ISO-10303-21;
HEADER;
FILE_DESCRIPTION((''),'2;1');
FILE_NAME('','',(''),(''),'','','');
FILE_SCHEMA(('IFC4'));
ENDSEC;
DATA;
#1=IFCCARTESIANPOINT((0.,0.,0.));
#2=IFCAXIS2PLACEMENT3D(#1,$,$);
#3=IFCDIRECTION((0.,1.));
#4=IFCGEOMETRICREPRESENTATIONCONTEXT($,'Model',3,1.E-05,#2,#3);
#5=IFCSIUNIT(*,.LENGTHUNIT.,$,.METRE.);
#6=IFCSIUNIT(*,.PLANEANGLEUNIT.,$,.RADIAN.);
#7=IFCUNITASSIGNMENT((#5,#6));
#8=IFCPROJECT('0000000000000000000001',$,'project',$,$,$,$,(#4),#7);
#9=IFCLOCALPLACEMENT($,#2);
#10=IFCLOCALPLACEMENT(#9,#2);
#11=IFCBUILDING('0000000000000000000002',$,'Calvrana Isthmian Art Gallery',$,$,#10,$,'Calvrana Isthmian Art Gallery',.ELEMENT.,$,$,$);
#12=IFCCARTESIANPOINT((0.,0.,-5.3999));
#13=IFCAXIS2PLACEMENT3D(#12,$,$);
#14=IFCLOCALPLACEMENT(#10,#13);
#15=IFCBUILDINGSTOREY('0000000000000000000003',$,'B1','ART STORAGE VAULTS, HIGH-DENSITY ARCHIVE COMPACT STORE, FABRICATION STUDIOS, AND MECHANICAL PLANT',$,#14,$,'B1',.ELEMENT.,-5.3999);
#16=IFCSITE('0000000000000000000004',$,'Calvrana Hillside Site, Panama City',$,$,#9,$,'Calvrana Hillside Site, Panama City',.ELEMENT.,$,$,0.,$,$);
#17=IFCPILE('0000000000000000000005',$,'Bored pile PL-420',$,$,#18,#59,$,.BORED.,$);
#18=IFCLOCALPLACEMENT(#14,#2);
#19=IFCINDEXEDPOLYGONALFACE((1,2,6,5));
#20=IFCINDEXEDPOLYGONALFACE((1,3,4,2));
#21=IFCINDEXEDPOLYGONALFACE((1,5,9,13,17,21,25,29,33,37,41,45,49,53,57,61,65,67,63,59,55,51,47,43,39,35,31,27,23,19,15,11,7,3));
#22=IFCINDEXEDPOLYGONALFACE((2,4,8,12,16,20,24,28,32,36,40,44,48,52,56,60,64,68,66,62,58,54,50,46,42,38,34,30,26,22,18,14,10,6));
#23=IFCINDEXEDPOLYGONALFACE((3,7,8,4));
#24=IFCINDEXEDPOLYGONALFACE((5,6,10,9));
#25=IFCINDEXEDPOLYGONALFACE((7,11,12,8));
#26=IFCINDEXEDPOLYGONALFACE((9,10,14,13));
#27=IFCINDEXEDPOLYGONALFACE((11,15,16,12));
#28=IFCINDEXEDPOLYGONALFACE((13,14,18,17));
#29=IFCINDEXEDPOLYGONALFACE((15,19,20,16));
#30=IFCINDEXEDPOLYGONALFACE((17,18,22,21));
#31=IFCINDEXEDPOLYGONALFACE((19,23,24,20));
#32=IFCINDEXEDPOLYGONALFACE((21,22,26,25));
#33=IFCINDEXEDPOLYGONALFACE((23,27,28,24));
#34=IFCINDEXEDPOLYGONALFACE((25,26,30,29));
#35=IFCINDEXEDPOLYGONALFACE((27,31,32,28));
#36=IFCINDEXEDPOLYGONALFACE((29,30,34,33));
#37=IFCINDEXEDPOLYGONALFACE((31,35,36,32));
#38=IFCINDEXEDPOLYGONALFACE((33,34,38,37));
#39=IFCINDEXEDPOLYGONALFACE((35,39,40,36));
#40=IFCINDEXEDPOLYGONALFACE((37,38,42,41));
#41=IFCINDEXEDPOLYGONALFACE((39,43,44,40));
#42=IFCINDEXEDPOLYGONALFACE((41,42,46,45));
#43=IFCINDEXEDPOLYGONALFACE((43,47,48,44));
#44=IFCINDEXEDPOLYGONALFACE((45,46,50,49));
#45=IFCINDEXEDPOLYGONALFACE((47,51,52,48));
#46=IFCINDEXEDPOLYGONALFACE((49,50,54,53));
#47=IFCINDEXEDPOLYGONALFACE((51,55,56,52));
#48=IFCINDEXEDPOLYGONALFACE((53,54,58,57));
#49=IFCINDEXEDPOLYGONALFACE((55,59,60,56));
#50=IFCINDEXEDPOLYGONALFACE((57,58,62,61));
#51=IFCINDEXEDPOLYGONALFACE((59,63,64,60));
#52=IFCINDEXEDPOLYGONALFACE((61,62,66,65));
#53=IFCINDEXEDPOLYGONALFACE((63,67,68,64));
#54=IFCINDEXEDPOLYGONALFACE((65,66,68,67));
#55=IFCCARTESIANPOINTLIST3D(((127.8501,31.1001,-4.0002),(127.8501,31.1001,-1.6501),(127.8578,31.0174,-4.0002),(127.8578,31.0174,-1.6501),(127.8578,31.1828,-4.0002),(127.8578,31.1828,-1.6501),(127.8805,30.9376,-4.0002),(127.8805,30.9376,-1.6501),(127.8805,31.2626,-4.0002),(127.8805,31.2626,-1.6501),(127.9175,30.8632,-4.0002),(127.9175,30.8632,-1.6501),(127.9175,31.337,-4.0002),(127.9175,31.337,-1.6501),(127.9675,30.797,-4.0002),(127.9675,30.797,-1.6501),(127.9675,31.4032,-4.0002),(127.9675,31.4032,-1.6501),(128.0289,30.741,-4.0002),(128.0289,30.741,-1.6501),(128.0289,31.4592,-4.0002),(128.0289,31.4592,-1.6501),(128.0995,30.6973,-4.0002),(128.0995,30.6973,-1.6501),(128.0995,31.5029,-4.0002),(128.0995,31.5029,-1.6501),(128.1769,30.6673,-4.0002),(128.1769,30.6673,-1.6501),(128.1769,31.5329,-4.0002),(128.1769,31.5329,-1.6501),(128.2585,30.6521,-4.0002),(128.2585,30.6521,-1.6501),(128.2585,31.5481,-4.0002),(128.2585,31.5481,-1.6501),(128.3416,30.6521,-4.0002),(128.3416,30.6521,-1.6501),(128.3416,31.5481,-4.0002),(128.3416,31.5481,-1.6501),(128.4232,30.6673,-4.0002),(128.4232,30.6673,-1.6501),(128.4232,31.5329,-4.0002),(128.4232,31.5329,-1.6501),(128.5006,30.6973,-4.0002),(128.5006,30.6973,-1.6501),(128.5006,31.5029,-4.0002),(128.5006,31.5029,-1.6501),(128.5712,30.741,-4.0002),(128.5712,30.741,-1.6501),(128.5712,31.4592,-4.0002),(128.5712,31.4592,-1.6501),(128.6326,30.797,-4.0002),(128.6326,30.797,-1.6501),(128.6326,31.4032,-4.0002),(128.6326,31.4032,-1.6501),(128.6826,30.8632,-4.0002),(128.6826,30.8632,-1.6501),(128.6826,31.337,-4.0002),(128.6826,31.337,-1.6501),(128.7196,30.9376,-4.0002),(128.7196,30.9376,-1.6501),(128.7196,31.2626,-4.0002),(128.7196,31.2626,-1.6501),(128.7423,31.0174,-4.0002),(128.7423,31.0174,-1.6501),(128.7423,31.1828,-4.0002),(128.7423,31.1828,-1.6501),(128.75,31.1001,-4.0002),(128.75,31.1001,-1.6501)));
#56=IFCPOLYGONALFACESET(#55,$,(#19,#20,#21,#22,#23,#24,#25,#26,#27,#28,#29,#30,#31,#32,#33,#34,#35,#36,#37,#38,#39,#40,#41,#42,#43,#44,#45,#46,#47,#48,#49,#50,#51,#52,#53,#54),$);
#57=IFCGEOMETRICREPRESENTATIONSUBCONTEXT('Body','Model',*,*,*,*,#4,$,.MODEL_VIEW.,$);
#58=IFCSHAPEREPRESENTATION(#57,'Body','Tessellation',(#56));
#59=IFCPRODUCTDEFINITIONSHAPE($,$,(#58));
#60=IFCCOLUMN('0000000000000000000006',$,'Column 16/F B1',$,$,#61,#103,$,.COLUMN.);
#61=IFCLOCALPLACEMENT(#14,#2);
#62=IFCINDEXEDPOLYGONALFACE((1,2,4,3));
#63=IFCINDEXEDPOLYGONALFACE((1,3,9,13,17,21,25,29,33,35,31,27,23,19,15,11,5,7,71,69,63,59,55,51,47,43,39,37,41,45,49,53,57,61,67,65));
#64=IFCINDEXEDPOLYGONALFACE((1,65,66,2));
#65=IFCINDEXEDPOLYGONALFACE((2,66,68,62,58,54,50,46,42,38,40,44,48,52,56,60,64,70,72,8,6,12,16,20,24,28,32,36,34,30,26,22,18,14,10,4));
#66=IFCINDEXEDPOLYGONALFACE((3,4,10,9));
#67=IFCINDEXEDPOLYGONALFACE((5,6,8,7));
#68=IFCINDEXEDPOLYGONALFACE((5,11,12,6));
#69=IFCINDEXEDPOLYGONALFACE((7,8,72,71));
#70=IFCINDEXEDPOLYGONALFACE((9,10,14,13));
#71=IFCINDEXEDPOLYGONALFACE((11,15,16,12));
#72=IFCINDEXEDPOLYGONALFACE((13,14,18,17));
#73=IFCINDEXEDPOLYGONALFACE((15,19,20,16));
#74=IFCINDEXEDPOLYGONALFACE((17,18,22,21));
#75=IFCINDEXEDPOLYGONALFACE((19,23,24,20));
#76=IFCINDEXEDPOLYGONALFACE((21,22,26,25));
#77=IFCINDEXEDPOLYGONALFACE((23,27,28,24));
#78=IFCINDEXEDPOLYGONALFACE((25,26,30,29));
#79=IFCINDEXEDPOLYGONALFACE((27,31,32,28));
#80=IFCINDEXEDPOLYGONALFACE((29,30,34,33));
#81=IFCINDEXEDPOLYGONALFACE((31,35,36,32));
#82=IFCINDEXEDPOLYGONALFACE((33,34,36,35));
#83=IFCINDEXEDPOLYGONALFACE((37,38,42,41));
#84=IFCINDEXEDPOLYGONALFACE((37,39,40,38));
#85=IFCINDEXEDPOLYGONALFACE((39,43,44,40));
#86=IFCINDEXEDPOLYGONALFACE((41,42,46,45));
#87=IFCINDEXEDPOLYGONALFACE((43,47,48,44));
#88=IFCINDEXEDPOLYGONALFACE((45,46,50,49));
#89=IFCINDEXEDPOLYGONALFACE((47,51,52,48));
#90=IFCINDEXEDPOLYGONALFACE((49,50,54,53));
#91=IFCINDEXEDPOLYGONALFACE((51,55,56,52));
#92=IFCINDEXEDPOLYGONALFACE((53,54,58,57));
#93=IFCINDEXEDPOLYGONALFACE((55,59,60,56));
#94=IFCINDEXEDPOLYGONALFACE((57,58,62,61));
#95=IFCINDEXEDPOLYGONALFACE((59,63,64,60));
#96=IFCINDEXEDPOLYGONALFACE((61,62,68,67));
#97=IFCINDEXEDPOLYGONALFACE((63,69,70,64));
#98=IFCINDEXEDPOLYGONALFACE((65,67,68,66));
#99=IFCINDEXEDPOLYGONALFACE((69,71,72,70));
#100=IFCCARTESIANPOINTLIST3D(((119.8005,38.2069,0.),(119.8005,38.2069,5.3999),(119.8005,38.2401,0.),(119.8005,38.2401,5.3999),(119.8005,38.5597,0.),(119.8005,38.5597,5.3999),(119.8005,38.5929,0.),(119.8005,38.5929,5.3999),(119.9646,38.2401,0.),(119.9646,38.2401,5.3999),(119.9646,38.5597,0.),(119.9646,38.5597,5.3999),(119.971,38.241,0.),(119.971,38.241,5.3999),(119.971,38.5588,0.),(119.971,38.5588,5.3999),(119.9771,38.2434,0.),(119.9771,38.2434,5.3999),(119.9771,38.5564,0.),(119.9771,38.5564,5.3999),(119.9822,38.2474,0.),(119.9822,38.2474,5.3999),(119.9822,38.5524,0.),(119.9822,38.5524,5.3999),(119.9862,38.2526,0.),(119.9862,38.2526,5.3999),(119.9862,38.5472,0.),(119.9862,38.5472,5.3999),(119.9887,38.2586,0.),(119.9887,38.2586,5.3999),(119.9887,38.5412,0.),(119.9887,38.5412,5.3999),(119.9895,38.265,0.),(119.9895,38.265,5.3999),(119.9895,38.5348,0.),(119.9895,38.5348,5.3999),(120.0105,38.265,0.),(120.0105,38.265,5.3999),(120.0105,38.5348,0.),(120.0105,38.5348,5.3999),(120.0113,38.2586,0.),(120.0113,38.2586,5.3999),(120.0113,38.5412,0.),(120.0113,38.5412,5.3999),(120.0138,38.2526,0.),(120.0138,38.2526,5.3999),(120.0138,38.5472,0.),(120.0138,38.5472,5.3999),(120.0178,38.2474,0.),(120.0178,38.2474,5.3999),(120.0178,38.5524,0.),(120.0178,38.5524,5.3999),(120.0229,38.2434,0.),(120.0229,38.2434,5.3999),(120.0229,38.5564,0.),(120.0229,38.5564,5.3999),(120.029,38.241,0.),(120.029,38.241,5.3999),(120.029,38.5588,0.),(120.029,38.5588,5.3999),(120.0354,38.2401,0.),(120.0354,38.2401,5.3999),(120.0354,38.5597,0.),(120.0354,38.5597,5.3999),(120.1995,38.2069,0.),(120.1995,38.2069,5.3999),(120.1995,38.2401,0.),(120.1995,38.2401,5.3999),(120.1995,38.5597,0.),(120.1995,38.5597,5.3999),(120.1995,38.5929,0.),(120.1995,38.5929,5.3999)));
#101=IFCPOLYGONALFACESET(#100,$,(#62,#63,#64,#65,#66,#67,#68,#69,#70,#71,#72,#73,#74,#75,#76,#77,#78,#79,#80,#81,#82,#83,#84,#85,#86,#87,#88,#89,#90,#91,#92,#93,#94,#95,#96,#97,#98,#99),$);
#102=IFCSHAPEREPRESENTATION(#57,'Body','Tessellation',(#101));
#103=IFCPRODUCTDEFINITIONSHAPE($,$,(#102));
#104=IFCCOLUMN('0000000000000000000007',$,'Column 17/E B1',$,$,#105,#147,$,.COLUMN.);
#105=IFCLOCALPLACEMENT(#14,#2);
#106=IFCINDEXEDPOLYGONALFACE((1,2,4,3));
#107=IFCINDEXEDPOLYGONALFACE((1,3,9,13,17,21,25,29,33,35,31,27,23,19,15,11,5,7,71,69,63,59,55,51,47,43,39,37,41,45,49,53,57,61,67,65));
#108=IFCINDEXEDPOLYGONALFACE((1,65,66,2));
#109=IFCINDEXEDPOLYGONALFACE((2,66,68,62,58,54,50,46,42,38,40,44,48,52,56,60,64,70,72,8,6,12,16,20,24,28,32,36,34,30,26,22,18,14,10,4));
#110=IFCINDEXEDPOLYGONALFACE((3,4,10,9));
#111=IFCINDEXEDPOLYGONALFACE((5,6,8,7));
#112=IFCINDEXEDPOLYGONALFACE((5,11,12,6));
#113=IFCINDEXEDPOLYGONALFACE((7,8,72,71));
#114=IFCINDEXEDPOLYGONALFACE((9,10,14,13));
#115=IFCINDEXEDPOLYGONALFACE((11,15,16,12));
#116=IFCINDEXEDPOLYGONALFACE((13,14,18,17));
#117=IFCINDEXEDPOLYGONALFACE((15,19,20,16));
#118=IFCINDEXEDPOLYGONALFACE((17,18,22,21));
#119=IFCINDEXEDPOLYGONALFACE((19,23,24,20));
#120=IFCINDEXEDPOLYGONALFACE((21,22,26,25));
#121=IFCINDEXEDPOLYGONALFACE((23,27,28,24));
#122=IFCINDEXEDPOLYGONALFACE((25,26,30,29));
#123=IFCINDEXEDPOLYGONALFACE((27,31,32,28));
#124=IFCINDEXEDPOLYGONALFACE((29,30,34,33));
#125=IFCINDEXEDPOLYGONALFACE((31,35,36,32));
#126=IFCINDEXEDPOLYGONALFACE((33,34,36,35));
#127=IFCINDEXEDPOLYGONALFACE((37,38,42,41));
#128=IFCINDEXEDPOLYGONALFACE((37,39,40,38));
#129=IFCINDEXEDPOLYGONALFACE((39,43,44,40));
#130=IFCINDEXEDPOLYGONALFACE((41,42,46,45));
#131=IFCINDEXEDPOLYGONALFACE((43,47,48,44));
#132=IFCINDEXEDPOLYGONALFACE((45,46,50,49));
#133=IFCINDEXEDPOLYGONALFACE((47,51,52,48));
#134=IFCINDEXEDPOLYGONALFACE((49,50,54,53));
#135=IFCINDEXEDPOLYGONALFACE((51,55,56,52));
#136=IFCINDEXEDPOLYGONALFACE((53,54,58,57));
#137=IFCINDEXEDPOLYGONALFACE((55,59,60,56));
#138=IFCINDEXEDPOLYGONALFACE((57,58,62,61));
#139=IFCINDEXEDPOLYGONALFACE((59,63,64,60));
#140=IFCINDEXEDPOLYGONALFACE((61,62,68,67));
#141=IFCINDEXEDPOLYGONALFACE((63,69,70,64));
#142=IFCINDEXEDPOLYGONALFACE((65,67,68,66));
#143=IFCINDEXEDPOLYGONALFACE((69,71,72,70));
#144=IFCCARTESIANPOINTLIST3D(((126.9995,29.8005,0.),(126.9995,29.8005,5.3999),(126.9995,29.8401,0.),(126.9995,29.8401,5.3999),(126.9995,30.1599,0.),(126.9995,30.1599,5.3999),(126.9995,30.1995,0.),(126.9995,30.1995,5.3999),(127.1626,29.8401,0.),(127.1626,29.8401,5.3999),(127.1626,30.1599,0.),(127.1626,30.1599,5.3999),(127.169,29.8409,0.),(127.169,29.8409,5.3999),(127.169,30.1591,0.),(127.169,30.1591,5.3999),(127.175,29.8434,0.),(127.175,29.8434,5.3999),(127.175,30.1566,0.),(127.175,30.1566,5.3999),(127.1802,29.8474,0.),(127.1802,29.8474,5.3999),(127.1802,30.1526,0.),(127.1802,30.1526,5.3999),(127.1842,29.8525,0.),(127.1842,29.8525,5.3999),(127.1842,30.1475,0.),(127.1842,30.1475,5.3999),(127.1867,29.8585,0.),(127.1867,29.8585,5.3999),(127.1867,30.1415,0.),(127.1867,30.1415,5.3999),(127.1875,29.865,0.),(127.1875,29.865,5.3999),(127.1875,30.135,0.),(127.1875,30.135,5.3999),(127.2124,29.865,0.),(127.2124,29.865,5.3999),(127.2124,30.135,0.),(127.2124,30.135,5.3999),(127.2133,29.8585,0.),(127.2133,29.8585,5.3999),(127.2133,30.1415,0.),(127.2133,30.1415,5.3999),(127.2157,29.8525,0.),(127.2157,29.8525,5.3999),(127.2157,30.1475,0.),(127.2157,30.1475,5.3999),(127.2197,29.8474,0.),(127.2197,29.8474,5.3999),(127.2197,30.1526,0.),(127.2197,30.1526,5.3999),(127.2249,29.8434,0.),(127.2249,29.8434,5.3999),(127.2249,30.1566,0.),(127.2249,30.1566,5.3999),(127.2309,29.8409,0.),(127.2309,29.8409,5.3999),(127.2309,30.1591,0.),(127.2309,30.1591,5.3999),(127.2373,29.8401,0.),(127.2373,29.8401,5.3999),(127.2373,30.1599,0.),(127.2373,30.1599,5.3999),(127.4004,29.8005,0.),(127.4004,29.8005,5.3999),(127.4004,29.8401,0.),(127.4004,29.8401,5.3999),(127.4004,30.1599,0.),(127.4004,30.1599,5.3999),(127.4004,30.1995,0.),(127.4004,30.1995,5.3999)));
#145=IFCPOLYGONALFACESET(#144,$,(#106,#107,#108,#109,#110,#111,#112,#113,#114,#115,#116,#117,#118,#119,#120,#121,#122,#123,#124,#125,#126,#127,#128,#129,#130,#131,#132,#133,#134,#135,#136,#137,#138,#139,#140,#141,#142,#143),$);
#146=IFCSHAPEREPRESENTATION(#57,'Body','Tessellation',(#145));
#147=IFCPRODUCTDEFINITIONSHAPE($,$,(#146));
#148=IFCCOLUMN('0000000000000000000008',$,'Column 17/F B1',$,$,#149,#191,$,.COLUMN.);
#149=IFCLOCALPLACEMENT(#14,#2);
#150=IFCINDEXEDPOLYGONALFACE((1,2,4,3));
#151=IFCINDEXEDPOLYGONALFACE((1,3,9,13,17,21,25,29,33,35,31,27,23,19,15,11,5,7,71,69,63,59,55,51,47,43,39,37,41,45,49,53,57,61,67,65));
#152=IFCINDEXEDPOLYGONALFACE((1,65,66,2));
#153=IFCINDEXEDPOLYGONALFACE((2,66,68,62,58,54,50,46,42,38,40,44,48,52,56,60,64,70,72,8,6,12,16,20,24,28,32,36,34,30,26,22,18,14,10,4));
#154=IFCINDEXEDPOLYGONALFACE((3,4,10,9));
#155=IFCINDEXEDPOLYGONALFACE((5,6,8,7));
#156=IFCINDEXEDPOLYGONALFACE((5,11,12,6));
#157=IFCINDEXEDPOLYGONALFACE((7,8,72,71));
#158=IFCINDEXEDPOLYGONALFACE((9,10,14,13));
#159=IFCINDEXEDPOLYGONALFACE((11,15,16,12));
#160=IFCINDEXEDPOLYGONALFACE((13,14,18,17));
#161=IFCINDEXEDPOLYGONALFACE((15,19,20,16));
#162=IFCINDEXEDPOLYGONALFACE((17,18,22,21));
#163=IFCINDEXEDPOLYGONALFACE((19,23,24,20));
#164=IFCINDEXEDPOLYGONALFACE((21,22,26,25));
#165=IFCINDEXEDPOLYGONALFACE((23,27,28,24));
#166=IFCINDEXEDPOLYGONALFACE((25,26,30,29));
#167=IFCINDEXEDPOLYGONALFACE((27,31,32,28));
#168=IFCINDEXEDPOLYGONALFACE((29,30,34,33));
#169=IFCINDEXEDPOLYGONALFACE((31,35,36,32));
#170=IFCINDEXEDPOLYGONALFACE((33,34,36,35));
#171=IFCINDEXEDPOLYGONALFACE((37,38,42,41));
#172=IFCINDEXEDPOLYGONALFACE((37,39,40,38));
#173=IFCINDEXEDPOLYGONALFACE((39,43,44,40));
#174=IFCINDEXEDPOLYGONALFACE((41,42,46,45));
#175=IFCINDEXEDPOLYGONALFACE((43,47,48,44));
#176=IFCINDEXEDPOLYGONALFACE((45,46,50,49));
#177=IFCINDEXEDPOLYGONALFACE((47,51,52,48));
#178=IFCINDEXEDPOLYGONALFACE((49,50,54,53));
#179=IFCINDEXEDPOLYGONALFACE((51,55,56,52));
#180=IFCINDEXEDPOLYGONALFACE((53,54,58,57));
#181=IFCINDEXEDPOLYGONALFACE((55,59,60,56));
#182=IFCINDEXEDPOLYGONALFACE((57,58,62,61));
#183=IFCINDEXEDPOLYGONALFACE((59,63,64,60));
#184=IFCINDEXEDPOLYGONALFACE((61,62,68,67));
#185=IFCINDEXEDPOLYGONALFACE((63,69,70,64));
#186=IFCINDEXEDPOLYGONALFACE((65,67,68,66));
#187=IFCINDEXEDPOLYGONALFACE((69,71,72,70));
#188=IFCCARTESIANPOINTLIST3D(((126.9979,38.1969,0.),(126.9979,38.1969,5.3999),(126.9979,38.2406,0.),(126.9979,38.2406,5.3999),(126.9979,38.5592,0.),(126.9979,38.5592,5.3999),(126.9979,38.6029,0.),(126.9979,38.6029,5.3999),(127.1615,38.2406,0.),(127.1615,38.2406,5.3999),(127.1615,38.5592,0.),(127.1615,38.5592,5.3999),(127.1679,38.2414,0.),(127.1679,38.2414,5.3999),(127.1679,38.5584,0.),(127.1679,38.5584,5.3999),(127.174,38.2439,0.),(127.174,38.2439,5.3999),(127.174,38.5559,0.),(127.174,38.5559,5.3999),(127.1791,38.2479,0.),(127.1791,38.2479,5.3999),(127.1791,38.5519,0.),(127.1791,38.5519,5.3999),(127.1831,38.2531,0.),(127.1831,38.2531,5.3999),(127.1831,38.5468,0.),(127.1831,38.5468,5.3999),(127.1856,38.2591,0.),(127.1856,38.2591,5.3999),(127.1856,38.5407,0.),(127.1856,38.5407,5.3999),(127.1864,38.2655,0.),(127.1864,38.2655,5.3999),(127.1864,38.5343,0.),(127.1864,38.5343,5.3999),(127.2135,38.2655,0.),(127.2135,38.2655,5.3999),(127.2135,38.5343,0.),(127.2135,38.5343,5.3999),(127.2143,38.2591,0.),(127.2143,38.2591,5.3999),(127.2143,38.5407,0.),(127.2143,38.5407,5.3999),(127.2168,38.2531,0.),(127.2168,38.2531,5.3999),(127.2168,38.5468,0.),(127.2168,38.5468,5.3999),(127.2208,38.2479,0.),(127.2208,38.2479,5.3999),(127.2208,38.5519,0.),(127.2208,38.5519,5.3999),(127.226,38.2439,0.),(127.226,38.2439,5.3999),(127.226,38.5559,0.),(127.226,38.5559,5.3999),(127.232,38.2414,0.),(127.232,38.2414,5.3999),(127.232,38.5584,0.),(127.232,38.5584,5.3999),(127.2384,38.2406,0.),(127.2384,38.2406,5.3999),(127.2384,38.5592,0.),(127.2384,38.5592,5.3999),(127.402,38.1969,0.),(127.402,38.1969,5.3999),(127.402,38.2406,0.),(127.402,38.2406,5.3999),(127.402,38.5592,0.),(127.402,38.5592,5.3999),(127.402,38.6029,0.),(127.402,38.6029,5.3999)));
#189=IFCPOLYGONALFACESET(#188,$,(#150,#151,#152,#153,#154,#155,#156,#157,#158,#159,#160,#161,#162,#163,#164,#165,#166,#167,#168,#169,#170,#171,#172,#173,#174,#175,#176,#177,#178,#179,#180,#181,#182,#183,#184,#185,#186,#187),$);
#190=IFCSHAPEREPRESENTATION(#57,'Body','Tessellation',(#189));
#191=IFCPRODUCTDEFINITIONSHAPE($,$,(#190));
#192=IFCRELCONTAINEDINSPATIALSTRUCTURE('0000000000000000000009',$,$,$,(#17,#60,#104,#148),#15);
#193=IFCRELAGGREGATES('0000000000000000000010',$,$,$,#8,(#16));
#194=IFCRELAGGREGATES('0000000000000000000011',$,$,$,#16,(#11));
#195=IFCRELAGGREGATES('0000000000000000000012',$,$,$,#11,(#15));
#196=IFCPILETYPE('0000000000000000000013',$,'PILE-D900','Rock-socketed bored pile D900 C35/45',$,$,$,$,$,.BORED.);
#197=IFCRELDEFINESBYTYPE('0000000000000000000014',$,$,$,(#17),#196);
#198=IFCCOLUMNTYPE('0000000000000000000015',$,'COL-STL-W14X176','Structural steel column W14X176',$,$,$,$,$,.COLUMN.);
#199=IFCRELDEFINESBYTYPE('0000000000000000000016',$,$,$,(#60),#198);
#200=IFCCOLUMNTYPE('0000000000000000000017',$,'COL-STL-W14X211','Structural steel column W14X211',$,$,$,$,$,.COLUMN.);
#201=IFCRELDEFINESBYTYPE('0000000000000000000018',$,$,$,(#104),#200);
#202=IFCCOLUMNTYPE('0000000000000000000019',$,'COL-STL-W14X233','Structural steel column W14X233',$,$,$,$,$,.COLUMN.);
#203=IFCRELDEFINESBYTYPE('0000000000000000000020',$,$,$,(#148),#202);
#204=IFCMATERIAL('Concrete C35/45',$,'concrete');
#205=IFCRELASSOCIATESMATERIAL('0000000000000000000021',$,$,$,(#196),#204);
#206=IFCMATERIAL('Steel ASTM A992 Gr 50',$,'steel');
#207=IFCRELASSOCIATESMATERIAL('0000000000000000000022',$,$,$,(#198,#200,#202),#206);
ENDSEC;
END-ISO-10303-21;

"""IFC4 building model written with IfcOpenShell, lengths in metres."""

from ifc_helpers import new_model, si_unit, direction, frame, origin, origin_2d, place, context, subcontext, project, spatial, circle, i_section, extrude, material, material_profile, profile_set, type_object, element, save


model = new_model("IFC4")

# Units and contexts
model_context = context("Model", 3, precision=1e-05, world=origin(), true_north=direction((0.0, 1.0)))
body_context = subcontext(model_context, "Body", "Model", "MODEL_VIEW")
ifc_project = project(units=[si_unit("LENGTHUNIT", "METRE"), si_unit("PLANEANGLEUNIT", "RADIAN")], contexts=[model_context])

# Site, building, storey
site_placement = place(None, origin())
site = spatial("IfcSite", under=ifc_project, at=site_placement, Name="Calvrana Hillside Site, Panama City", LongName="Calvrana Hillside Site, Panama City", CompositionType="ELEMENT", RefElevation=0.0)
building_placement = place(site_placement, origin())
building = spatial("IfcBuilding", under=site, at=building_placement, Name="Calvrana Isthmian Art Gallery", LongName="Calvrana Isthmian Art Gallery", CompositionType="ELEMENT")
storey_placement = place(building_placement, frame((0.0, 0.0, -5.3999)))
storey = spatial("IfcBuildingStorey", under=building, at=storey_placement, Name="B1", Description="ART STORAGE VAULTS, HIGH-DENSITY ARCHIVE COMPACT STORE, FABRICATION STUDIOS, AND MECHANICAL PLANT", LongName="B1", CompositionType="ELEMENT", Elevation=-5.3999)

# Shared definitions
ifc_material_1 = material(Name="Concrete C35/45", Category="concrete")

# Pile
ifc_material_profile_1 = material_profile(ifc_material_1, circle(Radius=0.45, at=origin_2d()), Name="PILE900D")
ifc_profile_set_1 = profile_set([ifc_material_profile_1], Name="Concrete C35/45")
pile_type_1 = type_object("IfcPileType", Name="PILE-D900", Description="Rock-socketed bored pile D900 C35/45", PredefinedType="BORED", material=ifc_profile_set_1)
for number, where, z_axis, x_axis, name in (
    (1, (128.3, 31.1001, -1.6501), (0.0, 0.0, -1.0), (1.0, 0.0, 0.0), "Bored pile PL-420"),
):
    element("IfcPile", number, at=place(storey_placement, frame(where, z_axis=z_axis, x_axis=x_axis)), inside=storey, type_object=pile_type_1, Name=name, PredefinedType="BORED", context=body_context, shape_type="SweptSolid", body=[
        extrude(circle(Radius=0.45, at=origin_2d()), origin(), (0.0, 0.0, 1.0), 2.3501),
    ])

# Columns
ifc_material_2 = material(Name="Steel ASTM A992 Gr 50", Category="steel")
ifc_material_profile_2 = material_profile(ifc_material_2, i_section(OverallWidth=0.3989, OverallDepth=0.386, WebThickness=0.021, FlangeThickness=0.0332, FilletRadius=0.0249, at=origin_2d()), Name="W14X176")
ifc_profile_set_2 = profile_set([ifc_material_profile_2], Name="Steel ASTM A992 Gr 50")
column_type_1 = type_object("IfcColumnType", Name="COL-STL-W14X176", Description="Structural steel column W14X176", PredefinedType="COLUMN", material=ifc_profile_set_2)
column_1_placement = place(storey_placement, frame((120.0, 38.3999, 0.0), z_axis=(0.0, 0.0, 1.0), x_axis=(1.0, 0.0, 0.0)))
element("IfcColumn", 2, at=column_1_placement, inside=storey, type_object=column_type_1, Name="Column 16/F B1", PredefinedType="COLUMN", context=body_context, shape_type="SweptSolid", body=[
    extrude(i_section(OverallWidth=0.3989, OverallDepth=0.386, WebThickness=0.021, FlangeThickness=0.0332, FilletRadius=0.0249, at=origin_2d()), origin(), (0.0, 0.0, 1.0), 5.3999),
])
ifc_material_profile_3 = material_profile(ifc_material_2, i_section(OverallWidth=0.4009, OverallDepth=0.3989, WebThickness=0.0249, FlangeThickness=0.0396, FilletRadius=0.0249, at=origin_2d()), Name="W14X211")
ifc_profile_set_3 = profile_set([ifc_material_profile_3], Name="Steel ASTM A992 Gr 50")
column_type_2 = type_object("IfcColumnType", Name="COL-STL-W14X211", Description="Structural steel column W14X211", PredefinedType="COLUMN", material=ifc_profile_set_3)
column_2_placement = place(storey_placement, frame((127.2, 30.0, 0.0), z_axis=(0.0, 0.0, 1.0), x_axis=(1.0, 0.0, 0.0)))
element("IfcColumn", 3, at=column_2_placement, inside=storey, type_object=column_type_2, Name="Column 17/E B1", PredefinedType="COLUMN", context=body_context, shape_type="SweptSolid", body=[
    extrude(i_section(OverallWidth=0.4009, OverallDepth=0.3989, WebThickness=0.0249, FlangeThickness=0.0396, FilletRadius=0.0249, at=origin_2d()), origin(), (0.0, 0.0, 1.0), 5.3999),
])
ifc_material_profile_4 = material_profile(ifc_material_2, i_section(OverallWidth=0.4041, OverallDepth=0.406, WebThickness=0.0271, FlangeThickness=0.0437, FilletRadius=0.0249, at=origin_2d()), Name="W14X233")
ifc_profile_set_4 = profile_set([ifc_material_profile_4], Name="Steel ASTM A992 Gr 50")
column_type_3 = type_object("IfcColumnType", Name="COL-STL-W14X233", Description="Structural steel column W14X233", PredefinedType="COLUMN", material=ifc_profile_set_4)
column_3_placement = place(storey_placement, frame((127.2, 38.3999, 0.0), z_axis=(0.0, 0.0, 1.0), x_axis=(1.0, 0.0, 0.0)))
element("IfcColumn", 4, at=column_3_placement, inside=storey, type_object=column_type_3, Name="Column 17/F B1", PredefinedType="COLUMN", context=body_context, shape_type="SweptSolid", body=[
    extrude(i_section(OverallWidth=0.4041, OverallDepth=0.406, WebThickness=0.0271, FlangeThickness=0.0437, FilletRadius=0.0249, at=origin_2d()), origin(), (0.0, 0.0, 1.0), 5.3999),
])

save(model, "model.ifc")
